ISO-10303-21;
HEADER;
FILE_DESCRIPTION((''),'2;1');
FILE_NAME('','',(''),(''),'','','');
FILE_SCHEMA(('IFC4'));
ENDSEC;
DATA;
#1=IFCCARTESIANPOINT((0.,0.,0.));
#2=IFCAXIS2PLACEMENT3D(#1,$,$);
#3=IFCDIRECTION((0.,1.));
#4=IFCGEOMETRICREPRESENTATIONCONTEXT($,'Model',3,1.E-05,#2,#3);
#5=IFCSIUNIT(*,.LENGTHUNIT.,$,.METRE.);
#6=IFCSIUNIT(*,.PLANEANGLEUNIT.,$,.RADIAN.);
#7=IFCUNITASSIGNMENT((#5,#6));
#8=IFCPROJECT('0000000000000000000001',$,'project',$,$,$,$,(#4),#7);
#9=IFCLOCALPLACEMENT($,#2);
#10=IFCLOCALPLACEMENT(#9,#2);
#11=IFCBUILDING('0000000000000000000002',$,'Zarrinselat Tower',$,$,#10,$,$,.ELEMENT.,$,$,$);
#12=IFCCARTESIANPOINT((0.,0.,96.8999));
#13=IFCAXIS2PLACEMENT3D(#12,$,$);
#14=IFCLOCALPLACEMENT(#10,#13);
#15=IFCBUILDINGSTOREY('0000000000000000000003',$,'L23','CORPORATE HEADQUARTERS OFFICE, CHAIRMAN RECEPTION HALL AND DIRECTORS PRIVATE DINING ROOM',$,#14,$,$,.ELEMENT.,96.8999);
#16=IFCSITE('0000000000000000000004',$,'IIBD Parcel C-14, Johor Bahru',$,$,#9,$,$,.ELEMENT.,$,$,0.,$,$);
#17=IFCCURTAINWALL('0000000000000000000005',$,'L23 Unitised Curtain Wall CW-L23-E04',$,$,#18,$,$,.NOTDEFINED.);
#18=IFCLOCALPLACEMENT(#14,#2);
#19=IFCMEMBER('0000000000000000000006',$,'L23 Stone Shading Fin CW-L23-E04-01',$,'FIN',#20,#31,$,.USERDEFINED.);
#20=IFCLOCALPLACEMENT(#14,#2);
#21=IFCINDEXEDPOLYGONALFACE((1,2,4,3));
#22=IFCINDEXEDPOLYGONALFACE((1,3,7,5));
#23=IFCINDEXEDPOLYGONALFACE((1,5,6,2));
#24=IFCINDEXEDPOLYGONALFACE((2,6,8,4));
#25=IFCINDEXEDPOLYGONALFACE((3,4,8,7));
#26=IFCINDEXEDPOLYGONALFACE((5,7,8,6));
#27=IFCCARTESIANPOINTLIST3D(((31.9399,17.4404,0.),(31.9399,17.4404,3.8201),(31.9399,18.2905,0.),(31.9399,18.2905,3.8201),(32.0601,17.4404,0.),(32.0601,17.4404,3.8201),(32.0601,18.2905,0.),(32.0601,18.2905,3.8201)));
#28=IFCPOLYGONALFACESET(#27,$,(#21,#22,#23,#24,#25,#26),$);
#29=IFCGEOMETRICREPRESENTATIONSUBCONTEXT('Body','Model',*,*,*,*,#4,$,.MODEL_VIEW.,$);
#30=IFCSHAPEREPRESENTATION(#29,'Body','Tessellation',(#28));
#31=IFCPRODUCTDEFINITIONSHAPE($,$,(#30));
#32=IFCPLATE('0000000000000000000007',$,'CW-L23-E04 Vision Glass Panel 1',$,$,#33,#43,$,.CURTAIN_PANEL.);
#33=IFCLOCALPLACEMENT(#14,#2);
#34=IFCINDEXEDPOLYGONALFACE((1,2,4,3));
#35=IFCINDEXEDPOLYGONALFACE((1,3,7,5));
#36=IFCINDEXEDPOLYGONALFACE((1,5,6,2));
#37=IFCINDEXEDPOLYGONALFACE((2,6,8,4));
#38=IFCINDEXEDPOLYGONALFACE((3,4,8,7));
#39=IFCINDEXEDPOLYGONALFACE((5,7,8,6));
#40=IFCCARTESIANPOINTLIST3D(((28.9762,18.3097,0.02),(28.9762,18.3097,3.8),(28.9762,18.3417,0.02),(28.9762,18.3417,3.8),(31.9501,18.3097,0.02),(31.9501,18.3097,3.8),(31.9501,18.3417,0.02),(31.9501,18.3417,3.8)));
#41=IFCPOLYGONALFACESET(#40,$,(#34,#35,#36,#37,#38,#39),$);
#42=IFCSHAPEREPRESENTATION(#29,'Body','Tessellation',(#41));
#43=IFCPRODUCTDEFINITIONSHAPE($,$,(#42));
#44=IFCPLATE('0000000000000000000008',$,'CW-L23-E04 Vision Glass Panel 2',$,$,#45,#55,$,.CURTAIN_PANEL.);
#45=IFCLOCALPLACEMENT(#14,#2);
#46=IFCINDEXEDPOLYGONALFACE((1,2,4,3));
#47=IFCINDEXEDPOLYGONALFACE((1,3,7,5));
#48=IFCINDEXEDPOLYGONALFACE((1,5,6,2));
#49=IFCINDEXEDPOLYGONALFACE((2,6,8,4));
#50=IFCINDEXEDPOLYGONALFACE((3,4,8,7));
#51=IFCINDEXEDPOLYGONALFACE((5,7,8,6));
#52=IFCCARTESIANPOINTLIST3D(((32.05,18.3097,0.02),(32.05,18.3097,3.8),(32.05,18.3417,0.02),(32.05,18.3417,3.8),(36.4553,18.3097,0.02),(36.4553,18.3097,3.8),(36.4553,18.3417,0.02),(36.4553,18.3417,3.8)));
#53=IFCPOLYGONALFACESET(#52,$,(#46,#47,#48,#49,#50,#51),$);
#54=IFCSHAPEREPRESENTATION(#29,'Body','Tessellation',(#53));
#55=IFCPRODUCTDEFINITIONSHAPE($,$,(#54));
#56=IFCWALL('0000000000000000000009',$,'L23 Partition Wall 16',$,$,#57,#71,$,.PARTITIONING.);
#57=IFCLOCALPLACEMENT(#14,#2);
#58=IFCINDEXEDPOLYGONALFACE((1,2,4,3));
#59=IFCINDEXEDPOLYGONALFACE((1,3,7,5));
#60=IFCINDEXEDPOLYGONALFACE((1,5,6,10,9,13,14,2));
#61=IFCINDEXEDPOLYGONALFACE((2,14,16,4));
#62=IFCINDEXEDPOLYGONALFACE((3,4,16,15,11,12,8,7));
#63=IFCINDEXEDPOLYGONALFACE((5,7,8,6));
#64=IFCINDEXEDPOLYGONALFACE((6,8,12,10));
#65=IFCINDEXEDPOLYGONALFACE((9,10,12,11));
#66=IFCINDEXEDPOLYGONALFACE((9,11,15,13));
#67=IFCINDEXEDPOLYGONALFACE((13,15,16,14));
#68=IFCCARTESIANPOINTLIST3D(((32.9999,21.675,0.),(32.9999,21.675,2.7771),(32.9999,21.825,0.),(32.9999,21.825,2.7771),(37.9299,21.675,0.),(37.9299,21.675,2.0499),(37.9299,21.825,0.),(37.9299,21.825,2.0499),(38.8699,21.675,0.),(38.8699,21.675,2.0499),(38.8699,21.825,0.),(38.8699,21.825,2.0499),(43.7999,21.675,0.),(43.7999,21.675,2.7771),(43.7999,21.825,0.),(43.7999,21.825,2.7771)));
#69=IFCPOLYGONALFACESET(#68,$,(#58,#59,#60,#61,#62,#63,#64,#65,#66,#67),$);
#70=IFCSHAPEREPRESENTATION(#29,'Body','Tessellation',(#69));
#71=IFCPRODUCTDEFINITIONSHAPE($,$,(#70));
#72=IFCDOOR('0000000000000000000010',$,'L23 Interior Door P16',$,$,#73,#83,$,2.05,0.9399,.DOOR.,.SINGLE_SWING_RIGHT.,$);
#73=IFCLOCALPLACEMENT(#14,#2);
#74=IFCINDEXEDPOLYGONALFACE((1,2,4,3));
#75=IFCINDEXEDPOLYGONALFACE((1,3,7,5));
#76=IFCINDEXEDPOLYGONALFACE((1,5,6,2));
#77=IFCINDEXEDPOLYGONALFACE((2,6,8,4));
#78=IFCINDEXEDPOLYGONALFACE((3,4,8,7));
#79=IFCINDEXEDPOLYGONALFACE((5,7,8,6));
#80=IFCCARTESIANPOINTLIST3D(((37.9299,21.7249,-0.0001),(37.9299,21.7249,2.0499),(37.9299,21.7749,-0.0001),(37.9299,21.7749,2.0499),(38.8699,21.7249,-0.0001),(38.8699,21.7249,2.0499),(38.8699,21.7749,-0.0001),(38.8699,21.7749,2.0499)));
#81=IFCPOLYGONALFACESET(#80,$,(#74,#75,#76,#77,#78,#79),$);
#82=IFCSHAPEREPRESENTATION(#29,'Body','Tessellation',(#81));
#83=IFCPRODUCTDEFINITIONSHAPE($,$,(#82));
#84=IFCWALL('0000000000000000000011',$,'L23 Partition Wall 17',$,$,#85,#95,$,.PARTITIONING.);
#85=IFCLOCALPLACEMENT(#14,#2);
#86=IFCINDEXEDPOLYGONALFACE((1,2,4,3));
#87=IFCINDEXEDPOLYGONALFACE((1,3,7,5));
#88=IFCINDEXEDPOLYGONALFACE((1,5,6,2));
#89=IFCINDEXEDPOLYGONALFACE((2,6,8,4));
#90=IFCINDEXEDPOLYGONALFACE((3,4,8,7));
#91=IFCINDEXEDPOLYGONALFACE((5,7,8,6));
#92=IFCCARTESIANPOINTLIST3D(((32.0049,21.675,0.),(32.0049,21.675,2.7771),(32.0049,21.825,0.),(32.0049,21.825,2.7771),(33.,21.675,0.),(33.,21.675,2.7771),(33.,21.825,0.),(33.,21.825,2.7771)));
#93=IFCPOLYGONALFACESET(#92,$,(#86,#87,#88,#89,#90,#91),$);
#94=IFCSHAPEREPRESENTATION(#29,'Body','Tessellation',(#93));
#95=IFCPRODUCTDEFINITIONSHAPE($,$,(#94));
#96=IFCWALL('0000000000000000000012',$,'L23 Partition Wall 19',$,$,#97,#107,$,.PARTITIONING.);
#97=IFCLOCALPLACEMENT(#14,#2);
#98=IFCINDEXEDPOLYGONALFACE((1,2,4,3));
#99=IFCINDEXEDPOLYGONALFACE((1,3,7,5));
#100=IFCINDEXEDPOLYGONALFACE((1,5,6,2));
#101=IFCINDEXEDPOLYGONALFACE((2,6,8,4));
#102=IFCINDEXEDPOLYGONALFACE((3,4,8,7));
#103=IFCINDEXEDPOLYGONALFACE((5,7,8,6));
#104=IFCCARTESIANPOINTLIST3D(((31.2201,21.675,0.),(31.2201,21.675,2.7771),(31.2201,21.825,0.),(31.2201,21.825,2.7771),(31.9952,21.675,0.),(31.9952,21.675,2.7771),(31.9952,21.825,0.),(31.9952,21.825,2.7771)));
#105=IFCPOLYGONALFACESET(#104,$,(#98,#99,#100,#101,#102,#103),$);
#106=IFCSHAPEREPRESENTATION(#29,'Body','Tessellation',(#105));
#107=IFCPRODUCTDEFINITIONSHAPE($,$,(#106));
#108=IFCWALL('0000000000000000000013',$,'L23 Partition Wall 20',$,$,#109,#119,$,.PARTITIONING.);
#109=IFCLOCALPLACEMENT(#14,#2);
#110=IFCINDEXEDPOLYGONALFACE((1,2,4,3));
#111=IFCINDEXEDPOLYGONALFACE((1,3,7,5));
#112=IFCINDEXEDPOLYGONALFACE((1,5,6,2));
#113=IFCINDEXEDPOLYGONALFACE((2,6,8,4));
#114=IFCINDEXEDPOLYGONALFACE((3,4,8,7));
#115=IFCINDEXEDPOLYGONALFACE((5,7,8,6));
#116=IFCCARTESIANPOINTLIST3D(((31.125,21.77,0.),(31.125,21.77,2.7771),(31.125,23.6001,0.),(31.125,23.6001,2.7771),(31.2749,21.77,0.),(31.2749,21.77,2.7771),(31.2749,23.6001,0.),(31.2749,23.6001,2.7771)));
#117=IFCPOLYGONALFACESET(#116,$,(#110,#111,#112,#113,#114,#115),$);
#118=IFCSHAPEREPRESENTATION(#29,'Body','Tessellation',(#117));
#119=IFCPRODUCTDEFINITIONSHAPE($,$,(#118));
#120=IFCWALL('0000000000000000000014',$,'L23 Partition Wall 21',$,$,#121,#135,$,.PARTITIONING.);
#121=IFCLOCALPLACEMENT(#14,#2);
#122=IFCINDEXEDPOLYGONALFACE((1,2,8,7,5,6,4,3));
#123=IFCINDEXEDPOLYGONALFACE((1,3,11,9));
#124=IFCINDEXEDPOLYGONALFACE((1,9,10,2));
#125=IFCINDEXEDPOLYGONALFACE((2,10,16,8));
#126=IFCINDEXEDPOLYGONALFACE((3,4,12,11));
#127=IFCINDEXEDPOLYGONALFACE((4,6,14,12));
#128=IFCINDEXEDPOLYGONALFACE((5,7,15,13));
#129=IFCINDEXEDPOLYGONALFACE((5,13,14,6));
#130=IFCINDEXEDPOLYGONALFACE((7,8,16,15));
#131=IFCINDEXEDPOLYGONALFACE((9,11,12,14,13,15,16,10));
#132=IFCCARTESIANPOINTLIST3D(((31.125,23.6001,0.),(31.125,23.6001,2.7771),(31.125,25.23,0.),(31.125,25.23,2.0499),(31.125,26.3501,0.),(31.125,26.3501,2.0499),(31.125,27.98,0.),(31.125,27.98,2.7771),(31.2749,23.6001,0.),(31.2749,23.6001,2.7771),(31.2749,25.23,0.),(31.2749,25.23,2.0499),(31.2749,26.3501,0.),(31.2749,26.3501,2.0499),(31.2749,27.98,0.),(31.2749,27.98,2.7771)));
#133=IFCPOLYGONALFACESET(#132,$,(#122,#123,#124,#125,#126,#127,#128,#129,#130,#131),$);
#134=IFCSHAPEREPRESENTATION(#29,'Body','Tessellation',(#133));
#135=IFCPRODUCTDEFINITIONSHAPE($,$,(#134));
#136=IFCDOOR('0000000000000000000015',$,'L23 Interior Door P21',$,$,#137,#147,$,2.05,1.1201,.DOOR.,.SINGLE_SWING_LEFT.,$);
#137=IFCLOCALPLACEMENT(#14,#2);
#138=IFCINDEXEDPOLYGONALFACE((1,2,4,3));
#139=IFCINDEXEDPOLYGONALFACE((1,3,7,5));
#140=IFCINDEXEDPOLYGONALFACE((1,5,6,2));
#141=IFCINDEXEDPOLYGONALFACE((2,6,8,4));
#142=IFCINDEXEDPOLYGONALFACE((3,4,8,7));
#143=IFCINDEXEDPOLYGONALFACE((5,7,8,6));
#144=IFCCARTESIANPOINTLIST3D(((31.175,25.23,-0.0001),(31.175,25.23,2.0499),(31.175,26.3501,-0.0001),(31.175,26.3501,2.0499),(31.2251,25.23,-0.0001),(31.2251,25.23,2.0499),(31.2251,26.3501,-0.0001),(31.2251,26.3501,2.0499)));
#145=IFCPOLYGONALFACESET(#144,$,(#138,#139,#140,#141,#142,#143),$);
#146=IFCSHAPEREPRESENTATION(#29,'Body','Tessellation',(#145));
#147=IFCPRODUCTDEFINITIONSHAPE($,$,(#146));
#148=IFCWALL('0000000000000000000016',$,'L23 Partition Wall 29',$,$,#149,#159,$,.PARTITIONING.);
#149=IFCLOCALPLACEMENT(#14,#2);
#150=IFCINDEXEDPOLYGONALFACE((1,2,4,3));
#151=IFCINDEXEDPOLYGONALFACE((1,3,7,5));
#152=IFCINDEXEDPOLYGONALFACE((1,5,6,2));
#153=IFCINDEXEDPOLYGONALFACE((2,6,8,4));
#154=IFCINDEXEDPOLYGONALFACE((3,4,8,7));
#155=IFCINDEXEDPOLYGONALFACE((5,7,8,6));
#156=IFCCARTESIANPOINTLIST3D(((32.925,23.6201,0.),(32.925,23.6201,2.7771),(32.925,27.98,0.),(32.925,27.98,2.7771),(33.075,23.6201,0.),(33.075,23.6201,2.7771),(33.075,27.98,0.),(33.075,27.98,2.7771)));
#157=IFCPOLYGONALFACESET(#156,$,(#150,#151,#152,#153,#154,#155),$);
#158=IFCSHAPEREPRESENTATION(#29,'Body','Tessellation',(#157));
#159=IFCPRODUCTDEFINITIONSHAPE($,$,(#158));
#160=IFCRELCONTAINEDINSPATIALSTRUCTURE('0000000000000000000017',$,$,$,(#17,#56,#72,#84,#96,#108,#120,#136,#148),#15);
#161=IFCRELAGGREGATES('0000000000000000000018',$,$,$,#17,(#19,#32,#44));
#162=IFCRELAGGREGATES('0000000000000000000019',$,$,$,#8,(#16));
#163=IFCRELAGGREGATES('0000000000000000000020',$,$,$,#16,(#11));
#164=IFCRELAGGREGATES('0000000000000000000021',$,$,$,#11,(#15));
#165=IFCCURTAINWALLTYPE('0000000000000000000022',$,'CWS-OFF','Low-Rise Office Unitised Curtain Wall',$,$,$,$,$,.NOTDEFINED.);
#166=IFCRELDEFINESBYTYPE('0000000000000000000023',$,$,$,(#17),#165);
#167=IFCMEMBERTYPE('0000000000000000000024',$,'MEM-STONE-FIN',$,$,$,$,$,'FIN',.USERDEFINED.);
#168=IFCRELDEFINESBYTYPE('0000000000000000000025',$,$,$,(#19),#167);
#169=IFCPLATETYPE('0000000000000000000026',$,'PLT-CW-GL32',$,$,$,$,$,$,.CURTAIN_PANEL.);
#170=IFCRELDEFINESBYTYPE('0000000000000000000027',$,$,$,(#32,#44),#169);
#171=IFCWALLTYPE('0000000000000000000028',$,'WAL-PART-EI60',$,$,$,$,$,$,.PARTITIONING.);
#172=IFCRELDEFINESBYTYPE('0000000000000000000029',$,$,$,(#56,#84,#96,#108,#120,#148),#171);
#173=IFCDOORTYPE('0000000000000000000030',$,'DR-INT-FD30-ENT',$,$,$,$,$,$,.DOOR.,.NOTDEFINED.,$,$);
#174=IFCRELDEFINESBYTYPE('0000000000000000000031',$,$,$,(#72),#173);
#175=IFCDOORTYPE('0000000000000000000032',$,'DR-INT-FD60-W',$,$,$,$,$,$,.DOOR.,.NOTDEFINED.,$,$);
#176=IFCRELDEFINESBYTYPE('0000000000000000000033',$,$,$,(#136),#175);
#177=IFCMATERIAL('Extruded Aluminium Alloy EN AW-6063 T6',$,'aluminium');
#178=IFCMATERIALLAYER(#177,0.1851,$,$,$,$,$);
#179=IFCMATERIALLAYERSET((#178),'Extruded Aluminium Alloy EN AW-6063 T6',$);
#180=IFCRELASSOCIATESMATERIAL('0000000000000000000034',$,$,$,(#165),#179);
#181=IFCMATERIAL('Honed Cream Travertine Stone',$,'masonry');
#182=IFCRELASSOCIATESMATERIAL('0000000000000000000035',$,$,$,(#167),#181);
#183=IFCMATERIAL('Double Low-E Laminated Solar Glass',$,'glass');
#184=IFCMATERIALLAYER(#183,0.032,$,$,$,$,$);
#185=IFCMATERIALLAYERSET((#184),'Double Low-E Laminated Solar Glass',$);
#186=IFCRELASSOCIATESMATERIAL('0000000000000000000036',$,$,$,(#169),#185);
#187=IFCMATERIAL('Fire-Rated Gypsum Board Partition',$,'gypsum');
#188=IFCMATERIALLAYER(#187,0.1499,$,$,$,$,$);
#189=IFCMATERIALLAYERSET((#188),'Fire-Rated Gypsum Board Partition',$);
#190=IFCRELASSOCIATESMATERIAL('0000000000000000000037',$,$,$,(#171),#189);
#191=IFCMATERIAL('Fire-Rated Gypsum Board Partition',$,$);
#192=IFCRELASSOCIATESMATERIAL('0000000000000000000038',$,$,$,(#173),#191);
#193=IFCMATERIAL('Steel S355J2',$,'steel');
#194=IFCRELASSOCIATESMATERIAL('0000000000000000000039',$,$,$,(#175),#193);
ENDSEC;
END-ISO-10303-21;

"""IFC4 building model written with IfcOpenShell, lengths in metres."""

from ifc_helpers import new_model, si_unit, direction, frame, frame_2d, origin, origin_2d, place, context, subcontext, project, spatial, rectangle, extrude, material, layer, layer_set, material_profile, profile_set, type_object, element, fill, aggregate, save


model = new_model("IFC4")

# Units and contexts
model_context = context("Model", 3, precision=1e-05, world=origin(), true_north=direction((0.0, 1.0)))
body_context = subcontext(model_context, "Body", "Model", "MODEL_VIEW")
ifc_project = project(units=[si_unit("LENGTHUNIT", "METRE"), si_unit("PLANEANGLEUNIT", "RADIAN")], contexts=[model_context])

# Site, building, storey
site_placement = place(None, origin())
site = spatial("IfcSite", under=ifc_project, at=site_placement, Name="IIBD Parcel C-14, Johor Bahru", CompositionType="ELEMENT", RefElevation=0.0)
building_placement = place(site_placement, origin())
building = spatial("IfcBuilding", under=site, at=building_placement, Name="Zarrinselat Tower", CompositionType="ELEMENT")
storey_placement = place(building_placement, frame((0.0, 0.0, 96.8999)))
storey = spatial("IfcBuildingStorey", under=building, at=storey_placement, Name="L23", Description="CORPORATE HEADQUARTERS OFFICE, CHAIRMAN RECEPTION HALL AND DIRECTORS PRIVATE DINING ROOM", CompositionType="ELEMENT", Elevation=96.8999)

# Curtain wall, member, plates
ifc_material_1 = material(Name="Extruded Aluminium Alloy EN AW-6063 T6", Category="aluminium")
ifc_layer_1 = layer(ifc_material_1, 0.1851)
ifc_layer_set_1 = layer_set([ifc_layer_1], Name="Extruded Aluminium Alloy EN AW-6063 T6")
curtain_wall_type = type_object("IfcCurtainWallType", Name="CWS-OFF", Description="Low-Rise Office Unitised Curtain Wall", PredefinedType="NOTDEFINED", material=ifc_layer_set_1)
curtain_wall_placement = place(storey_placement, origin())
curtain_wall = element("IfcCurtainWall", 1, at=curtain_wall_placement, inside=storey, type_object=curtain_wall_type, Name="L23 Unitised Curtain Wall CW-L23-E04", PredefinedType="NOTDEFINED")
ifc_material_2 = material(Name="Honed Cream Travertine Stone", Category="masonry")
ifc_material_profile_1 = material_profile(ifc_material_2, rectangle(XDim=0.1201, YDim=0.8501, at=origin_2d()), Name="FIN 850x120")
ifc_profile_set_1 = profile_set([ifc_material_profile_1], Name="Honed Cream Travertine Stone")
member_type_1 = type_object("IfcMemberType", Name="MEM-STONE-FIN", ElementType="FIN", PredefinedType="USERDEFINED", material=ifc_profile_set_1)
member_1_placement = place(storey_placement, frame((32.0, 17.8655, 0.0), z_axis=(0.0, 0.0, 1.0), x_axis=(-1.0, 0.0, 0.0)))
member_1 = element("IfcMember", 2, at=member_1_placement, type_object=member_type_1, Name="L23 Stone Shading Fin CW-L23-E04-01", ObjectType="FIN", PredefinedType="USERDEFINED", context=body_context, shape_type="SweptSolid", body=[
    extrude(rectangle(XDim=0.1201, YDim=0.8501, at=origin_2d()), origin(), (0.0, 0.0, 1.0), 3.8201),
])
ifc_material_3 = material(Name="Double Low-E Laminated Solar Glass", Category="glass")
ifc_layer_2 = layer(ifc_material_3, 0.032)
ifc_layer_set_2 = layer_set([ifc_layer_2], Name="Double Low-E Laminated Solar Glass")
plate_type = type_object("IfcPlateType", Name="PLT-CW-GL32", PredefinedType="CURTAIN_PANEL", material=ifc_layer_set_2)
plate_1_placement = place(storey_placement, frame((30.4631, 18.3257, 0.02), z_axis=(0.0, 0.0, 1.0), x_axis=(1.0, 0.0, 0.0)))
plate_1 = element("IfcPlate", 3, at=plate_1_placement, type_object=plate_type, Name="CW-L23-E04 Vision Glass Panel 1", PredefinedType="CURTAIN_PANEL", context=body_context, shape_type="SweptSolid", body=[
    extrude(rectangle(XDim=2.9739, YDim=0.032, at=origin_2d()), origin(), (0.0, 0.0, 1.0), 3.78),
])
plate_2_placement = place(storey_placement, frame((34.2527, 18.3257, 0.02), z_axis=(0.0, 0.0, 1.0), x_axis=(1.0, 0.0, 0.0)))
plate_2 = element("IfcPlate", 4, at=plate_2_placement, type_object=plate_type, Name="CW-L23-E04 Vision Glass Panel 2", PredefinedType="CURTAIN_PANEL", context=body_context, shape_type="SweptSolid", body=[
    extrude(rectangle(XDim=4.4053, YDim=0.032, at=origin_2d()), origin(), (0.0, 0.0, 1.0), 3.78),
])
aggregate(curtain_wall, [member_1, plate_1, plate_2])

# Wall, opening, door
ifc_material_4 = material(Name="Fire-Rated Gypsum Board Partition", Category="gypsum")
ifc_layer_3 = layer(ifc_material_4, 0.1499)
ifc_layer_set_3 = layer_set([ifc_layer_3], Name="Fire-Rated Gypsum Board Partition")
wall_type_1 = type_object("IfcWallType", Name="WAL-PART-EI60", PredefinedType="PARTITIONING", material=ifc_layer_set_3)
wall_1_placement = place(storey_placement, frame((33.0, 21.75, 0.0), z_axis=(0.0, 0.0, 1.0), x_axis=(1.0, 0.0, 0.0)))
wall_1 = element("IfcWall", 5, at=wall_1_placement, inside=storey, type_object=wall_type_1, Name="L23 Partition Wall 16", PredefinedType="PARTITIONING", context=body_context, shape_type="SweptSolid", body=[
    extrude(rectangle(XDim=10.8, YDim=0.1499, at=frame_2d((5.3999, 0.0))), origin(), (0.0, 0.0, 1.0), 2.7771),
])
opening_1_placement = place(wall_1_placement, frame((4.9299, 0.0, 0.0)))
opening_1 = element("IfcOpeningElement", 6, at=opening_1_placement, cuts=wall_1, PredefinedType="OPENING", context=body_context, shape_type="SweptSolid", body=[
    extrude(rectangle(XDim=0.9399, YDim=2.05, at=frame_2d((0.47, 1.0249))), frame((0.0, 0.085, 0.0), z_axis=(0.0, -1.0, 0.0), x_axis=(1.0, 0.0, 0.0)), (0.0, 0.0, 1.0), 0.1699),
])
ifc_material_5 = material(Name="Fire-Rated Gypsum Board Partition")
door_type_1 = type_object("IfcDoorType", Name="DR-INT-FD30-ENT", OperationType="NOTDEFINED", PredefinedType="DOOR", material=ifc_material_5)
door_1_placement = place(opening_1_placement, origin())
door_1 = element("IfcDoor", 7, at=door_1_placement, inside=storey, type_object=door_type_1, Name="L23 Interior Door P16", OperationType="SINGLE_SWING_RIGHT", OverallHeight=2.05, OverallWidth=0.9399, PredefinedType="DOOR", context=body_context, shape_type="SweptSolid", body=[
    extrude(rectangle(XDim=0.9399, YDim=2.05, at=frame_2d((0.47, 1.0249))), frame((0.0, 0.0249, 0.0), z_axis=(0.0, -1.0, 0.0), x_axis=(1.0, 0.0, 0.0)), (0.0, 0.0, 1.0), 0.05),
])
fill(opening_1, door_1)

# Walls
wall_2_placement = place(storey_placement, frame((32.0049, 21.75, 0.0), z_axis=(0.0, 0.0, 1.0), x_axis=(1.0, 0.0, 0.0)))
element("IfcWall", 8, at=wall_2_placement, inside=storey, type_object=wall_type_1, Name="L23 Partition Wall 17", PredefinedType="PARTITIONING", context=body_context, shape_type="SweptSolid", body=[
    extrude(rectangle(XDim=0.9951, YDim=0.1499, at=frame_2d((0.4976, 0.0))), origin(), (0.0, 0.0, 1.0), 2.7771),
])
wall_3_placement = place(storey_placement, frame((31.22, 21.75, 0.0), z_axis=(0.0, 0.0, 1.0), x_axis=(1.0, 0.0, 0.0)))
element("IfcWall", 9, at=wall_3_placement, inside=storey, type_object=wall_type_1, Name="L23 Partition Wall 19", PredefinedType="PARTITIONING", context=body_context, shape_type="SweptSolid", body=[
    extrude(rectangle(XDim=0.7751, YDim=0.1499, at=frame_2d((0.3877, 0.0))), origin(), (0.0, 0.0, 1.0), 2.7771),
])
wall_4_placement = place(storey_placement, frame((31.2, 21.77, 0.0), z_axis=(0.0, 0.0, 1.0), x_axis=(0.0, 1.0, 0.0)))
element("IfcWall", 10, at=wall_4_placement, inside=storey, type_object=wall_type_1, Name="L23 Partition Wall 20", PredefinedType="PARTITIONING", context=body_context, shape_type="SweptSolid", body=[
    extrude(rectangle(XDim=1.8301, YDim=0.1499, at=frame_2d((0.915, 0.0))), origin(), (0.0, 0.0, 1.0), 2.7771),
])

# Wall, opening, door
wall_5_placement = place(storey_placement, frame((31.2, 23.6001, 0.0), z_axis=(0.0, 0.0, 1.0), x_axis=(0.0, 1.0, 0.0)))
wall_5 = element("IfcWall", 11, at=wall_5_placement, inside=storey, type_object=wall_type_1, Name="L23 Partition Wall 21", PredefinedType="PARTITIONING", context=body_context, shape_type="SweptSolid", body=[
    extrude(rectangle(XDim=4.3799, YDim=0.1499, at=frame_2d((2.1899, 0.0))), origin(), (0.0, 0.0, 1.0), 2.7771),
])
opening_2_placement = place(wall_5_placement, frame((1.6299, 0.0, 0.0)))
opening_2 = element("IfcOpeningElement", 12, at=opening_2_placement, cuts=wall_5, PredefinedType="OPENING", context=body_context, shape_type="SweptSolid", body=[
    extrude(rectangle(XDim=1.1201, YDim=2.05, at=frame_2d((0.5601, 1.0249))), frame((0.0, 0.085, 0.0), z_axis=(0.0, -1.0, 0.0), x_axis=(1.0, 0.0, 0.0)), (0.0, 0.0, 1.0), 0.1699),
])
ifc_material_6 = material(Name="Steel S355J2", Category="steel")
door_type_2 = type_object("IfcDoorType", Name="DR-INT-FD60-W", OperationType="NOTDEFINED", PredefinedType="DOOR", material=ifc_material_6)
door_2_placement = place(opening_2_placement, origin())
door_2 = element("IfcDoor", 13, at=door_2_placement, inside=storey, type_object=door_type_2, Name="L23 Interior Door P21", OperationType="SINGLE_SWING_LEFT", OverallHeight=2.05, OverallWidth=1.1201, PredefinedType="DOOR", context=body_context, shape_type="SweptSolid", body=[
    extrude(rectangle(XDim=1.1201, YDim=2.05, at=frame_2d((0.5601, 1.0249))), frame((0.0, 0.0249, 0.0), z_axis=(0.0, -1.0, 0.0), x_axis=(1.0, 0.0, 0.0)), (0.0, 0.0, 1.0), 0.05),
])
fill(opening_2, door_2)

# Wall
wall_6_placement = place(storey_placement, frame((33.0, 23.6201, 0.0), z_axis=(0.0, 0.0, 1.0), x_axis=(0.0, 1.0, 0.0)))
element("IfcWall", 14, at=wall_6_placement, inside=storey, type_object=wall_type_1, Name="L23 Partition Wall 29", PredefinedType="PARTITIONING", context=body_context, shape_type="SweptSolid", body=[
    extrude(rectangle(XDim=4.3599, YDim=0.1499, at=frame_2d((2.1799, 0.0))), origin(), (0.0, 0.0, 1.0), 2.7771),
])

save(model, "model.ifc")
